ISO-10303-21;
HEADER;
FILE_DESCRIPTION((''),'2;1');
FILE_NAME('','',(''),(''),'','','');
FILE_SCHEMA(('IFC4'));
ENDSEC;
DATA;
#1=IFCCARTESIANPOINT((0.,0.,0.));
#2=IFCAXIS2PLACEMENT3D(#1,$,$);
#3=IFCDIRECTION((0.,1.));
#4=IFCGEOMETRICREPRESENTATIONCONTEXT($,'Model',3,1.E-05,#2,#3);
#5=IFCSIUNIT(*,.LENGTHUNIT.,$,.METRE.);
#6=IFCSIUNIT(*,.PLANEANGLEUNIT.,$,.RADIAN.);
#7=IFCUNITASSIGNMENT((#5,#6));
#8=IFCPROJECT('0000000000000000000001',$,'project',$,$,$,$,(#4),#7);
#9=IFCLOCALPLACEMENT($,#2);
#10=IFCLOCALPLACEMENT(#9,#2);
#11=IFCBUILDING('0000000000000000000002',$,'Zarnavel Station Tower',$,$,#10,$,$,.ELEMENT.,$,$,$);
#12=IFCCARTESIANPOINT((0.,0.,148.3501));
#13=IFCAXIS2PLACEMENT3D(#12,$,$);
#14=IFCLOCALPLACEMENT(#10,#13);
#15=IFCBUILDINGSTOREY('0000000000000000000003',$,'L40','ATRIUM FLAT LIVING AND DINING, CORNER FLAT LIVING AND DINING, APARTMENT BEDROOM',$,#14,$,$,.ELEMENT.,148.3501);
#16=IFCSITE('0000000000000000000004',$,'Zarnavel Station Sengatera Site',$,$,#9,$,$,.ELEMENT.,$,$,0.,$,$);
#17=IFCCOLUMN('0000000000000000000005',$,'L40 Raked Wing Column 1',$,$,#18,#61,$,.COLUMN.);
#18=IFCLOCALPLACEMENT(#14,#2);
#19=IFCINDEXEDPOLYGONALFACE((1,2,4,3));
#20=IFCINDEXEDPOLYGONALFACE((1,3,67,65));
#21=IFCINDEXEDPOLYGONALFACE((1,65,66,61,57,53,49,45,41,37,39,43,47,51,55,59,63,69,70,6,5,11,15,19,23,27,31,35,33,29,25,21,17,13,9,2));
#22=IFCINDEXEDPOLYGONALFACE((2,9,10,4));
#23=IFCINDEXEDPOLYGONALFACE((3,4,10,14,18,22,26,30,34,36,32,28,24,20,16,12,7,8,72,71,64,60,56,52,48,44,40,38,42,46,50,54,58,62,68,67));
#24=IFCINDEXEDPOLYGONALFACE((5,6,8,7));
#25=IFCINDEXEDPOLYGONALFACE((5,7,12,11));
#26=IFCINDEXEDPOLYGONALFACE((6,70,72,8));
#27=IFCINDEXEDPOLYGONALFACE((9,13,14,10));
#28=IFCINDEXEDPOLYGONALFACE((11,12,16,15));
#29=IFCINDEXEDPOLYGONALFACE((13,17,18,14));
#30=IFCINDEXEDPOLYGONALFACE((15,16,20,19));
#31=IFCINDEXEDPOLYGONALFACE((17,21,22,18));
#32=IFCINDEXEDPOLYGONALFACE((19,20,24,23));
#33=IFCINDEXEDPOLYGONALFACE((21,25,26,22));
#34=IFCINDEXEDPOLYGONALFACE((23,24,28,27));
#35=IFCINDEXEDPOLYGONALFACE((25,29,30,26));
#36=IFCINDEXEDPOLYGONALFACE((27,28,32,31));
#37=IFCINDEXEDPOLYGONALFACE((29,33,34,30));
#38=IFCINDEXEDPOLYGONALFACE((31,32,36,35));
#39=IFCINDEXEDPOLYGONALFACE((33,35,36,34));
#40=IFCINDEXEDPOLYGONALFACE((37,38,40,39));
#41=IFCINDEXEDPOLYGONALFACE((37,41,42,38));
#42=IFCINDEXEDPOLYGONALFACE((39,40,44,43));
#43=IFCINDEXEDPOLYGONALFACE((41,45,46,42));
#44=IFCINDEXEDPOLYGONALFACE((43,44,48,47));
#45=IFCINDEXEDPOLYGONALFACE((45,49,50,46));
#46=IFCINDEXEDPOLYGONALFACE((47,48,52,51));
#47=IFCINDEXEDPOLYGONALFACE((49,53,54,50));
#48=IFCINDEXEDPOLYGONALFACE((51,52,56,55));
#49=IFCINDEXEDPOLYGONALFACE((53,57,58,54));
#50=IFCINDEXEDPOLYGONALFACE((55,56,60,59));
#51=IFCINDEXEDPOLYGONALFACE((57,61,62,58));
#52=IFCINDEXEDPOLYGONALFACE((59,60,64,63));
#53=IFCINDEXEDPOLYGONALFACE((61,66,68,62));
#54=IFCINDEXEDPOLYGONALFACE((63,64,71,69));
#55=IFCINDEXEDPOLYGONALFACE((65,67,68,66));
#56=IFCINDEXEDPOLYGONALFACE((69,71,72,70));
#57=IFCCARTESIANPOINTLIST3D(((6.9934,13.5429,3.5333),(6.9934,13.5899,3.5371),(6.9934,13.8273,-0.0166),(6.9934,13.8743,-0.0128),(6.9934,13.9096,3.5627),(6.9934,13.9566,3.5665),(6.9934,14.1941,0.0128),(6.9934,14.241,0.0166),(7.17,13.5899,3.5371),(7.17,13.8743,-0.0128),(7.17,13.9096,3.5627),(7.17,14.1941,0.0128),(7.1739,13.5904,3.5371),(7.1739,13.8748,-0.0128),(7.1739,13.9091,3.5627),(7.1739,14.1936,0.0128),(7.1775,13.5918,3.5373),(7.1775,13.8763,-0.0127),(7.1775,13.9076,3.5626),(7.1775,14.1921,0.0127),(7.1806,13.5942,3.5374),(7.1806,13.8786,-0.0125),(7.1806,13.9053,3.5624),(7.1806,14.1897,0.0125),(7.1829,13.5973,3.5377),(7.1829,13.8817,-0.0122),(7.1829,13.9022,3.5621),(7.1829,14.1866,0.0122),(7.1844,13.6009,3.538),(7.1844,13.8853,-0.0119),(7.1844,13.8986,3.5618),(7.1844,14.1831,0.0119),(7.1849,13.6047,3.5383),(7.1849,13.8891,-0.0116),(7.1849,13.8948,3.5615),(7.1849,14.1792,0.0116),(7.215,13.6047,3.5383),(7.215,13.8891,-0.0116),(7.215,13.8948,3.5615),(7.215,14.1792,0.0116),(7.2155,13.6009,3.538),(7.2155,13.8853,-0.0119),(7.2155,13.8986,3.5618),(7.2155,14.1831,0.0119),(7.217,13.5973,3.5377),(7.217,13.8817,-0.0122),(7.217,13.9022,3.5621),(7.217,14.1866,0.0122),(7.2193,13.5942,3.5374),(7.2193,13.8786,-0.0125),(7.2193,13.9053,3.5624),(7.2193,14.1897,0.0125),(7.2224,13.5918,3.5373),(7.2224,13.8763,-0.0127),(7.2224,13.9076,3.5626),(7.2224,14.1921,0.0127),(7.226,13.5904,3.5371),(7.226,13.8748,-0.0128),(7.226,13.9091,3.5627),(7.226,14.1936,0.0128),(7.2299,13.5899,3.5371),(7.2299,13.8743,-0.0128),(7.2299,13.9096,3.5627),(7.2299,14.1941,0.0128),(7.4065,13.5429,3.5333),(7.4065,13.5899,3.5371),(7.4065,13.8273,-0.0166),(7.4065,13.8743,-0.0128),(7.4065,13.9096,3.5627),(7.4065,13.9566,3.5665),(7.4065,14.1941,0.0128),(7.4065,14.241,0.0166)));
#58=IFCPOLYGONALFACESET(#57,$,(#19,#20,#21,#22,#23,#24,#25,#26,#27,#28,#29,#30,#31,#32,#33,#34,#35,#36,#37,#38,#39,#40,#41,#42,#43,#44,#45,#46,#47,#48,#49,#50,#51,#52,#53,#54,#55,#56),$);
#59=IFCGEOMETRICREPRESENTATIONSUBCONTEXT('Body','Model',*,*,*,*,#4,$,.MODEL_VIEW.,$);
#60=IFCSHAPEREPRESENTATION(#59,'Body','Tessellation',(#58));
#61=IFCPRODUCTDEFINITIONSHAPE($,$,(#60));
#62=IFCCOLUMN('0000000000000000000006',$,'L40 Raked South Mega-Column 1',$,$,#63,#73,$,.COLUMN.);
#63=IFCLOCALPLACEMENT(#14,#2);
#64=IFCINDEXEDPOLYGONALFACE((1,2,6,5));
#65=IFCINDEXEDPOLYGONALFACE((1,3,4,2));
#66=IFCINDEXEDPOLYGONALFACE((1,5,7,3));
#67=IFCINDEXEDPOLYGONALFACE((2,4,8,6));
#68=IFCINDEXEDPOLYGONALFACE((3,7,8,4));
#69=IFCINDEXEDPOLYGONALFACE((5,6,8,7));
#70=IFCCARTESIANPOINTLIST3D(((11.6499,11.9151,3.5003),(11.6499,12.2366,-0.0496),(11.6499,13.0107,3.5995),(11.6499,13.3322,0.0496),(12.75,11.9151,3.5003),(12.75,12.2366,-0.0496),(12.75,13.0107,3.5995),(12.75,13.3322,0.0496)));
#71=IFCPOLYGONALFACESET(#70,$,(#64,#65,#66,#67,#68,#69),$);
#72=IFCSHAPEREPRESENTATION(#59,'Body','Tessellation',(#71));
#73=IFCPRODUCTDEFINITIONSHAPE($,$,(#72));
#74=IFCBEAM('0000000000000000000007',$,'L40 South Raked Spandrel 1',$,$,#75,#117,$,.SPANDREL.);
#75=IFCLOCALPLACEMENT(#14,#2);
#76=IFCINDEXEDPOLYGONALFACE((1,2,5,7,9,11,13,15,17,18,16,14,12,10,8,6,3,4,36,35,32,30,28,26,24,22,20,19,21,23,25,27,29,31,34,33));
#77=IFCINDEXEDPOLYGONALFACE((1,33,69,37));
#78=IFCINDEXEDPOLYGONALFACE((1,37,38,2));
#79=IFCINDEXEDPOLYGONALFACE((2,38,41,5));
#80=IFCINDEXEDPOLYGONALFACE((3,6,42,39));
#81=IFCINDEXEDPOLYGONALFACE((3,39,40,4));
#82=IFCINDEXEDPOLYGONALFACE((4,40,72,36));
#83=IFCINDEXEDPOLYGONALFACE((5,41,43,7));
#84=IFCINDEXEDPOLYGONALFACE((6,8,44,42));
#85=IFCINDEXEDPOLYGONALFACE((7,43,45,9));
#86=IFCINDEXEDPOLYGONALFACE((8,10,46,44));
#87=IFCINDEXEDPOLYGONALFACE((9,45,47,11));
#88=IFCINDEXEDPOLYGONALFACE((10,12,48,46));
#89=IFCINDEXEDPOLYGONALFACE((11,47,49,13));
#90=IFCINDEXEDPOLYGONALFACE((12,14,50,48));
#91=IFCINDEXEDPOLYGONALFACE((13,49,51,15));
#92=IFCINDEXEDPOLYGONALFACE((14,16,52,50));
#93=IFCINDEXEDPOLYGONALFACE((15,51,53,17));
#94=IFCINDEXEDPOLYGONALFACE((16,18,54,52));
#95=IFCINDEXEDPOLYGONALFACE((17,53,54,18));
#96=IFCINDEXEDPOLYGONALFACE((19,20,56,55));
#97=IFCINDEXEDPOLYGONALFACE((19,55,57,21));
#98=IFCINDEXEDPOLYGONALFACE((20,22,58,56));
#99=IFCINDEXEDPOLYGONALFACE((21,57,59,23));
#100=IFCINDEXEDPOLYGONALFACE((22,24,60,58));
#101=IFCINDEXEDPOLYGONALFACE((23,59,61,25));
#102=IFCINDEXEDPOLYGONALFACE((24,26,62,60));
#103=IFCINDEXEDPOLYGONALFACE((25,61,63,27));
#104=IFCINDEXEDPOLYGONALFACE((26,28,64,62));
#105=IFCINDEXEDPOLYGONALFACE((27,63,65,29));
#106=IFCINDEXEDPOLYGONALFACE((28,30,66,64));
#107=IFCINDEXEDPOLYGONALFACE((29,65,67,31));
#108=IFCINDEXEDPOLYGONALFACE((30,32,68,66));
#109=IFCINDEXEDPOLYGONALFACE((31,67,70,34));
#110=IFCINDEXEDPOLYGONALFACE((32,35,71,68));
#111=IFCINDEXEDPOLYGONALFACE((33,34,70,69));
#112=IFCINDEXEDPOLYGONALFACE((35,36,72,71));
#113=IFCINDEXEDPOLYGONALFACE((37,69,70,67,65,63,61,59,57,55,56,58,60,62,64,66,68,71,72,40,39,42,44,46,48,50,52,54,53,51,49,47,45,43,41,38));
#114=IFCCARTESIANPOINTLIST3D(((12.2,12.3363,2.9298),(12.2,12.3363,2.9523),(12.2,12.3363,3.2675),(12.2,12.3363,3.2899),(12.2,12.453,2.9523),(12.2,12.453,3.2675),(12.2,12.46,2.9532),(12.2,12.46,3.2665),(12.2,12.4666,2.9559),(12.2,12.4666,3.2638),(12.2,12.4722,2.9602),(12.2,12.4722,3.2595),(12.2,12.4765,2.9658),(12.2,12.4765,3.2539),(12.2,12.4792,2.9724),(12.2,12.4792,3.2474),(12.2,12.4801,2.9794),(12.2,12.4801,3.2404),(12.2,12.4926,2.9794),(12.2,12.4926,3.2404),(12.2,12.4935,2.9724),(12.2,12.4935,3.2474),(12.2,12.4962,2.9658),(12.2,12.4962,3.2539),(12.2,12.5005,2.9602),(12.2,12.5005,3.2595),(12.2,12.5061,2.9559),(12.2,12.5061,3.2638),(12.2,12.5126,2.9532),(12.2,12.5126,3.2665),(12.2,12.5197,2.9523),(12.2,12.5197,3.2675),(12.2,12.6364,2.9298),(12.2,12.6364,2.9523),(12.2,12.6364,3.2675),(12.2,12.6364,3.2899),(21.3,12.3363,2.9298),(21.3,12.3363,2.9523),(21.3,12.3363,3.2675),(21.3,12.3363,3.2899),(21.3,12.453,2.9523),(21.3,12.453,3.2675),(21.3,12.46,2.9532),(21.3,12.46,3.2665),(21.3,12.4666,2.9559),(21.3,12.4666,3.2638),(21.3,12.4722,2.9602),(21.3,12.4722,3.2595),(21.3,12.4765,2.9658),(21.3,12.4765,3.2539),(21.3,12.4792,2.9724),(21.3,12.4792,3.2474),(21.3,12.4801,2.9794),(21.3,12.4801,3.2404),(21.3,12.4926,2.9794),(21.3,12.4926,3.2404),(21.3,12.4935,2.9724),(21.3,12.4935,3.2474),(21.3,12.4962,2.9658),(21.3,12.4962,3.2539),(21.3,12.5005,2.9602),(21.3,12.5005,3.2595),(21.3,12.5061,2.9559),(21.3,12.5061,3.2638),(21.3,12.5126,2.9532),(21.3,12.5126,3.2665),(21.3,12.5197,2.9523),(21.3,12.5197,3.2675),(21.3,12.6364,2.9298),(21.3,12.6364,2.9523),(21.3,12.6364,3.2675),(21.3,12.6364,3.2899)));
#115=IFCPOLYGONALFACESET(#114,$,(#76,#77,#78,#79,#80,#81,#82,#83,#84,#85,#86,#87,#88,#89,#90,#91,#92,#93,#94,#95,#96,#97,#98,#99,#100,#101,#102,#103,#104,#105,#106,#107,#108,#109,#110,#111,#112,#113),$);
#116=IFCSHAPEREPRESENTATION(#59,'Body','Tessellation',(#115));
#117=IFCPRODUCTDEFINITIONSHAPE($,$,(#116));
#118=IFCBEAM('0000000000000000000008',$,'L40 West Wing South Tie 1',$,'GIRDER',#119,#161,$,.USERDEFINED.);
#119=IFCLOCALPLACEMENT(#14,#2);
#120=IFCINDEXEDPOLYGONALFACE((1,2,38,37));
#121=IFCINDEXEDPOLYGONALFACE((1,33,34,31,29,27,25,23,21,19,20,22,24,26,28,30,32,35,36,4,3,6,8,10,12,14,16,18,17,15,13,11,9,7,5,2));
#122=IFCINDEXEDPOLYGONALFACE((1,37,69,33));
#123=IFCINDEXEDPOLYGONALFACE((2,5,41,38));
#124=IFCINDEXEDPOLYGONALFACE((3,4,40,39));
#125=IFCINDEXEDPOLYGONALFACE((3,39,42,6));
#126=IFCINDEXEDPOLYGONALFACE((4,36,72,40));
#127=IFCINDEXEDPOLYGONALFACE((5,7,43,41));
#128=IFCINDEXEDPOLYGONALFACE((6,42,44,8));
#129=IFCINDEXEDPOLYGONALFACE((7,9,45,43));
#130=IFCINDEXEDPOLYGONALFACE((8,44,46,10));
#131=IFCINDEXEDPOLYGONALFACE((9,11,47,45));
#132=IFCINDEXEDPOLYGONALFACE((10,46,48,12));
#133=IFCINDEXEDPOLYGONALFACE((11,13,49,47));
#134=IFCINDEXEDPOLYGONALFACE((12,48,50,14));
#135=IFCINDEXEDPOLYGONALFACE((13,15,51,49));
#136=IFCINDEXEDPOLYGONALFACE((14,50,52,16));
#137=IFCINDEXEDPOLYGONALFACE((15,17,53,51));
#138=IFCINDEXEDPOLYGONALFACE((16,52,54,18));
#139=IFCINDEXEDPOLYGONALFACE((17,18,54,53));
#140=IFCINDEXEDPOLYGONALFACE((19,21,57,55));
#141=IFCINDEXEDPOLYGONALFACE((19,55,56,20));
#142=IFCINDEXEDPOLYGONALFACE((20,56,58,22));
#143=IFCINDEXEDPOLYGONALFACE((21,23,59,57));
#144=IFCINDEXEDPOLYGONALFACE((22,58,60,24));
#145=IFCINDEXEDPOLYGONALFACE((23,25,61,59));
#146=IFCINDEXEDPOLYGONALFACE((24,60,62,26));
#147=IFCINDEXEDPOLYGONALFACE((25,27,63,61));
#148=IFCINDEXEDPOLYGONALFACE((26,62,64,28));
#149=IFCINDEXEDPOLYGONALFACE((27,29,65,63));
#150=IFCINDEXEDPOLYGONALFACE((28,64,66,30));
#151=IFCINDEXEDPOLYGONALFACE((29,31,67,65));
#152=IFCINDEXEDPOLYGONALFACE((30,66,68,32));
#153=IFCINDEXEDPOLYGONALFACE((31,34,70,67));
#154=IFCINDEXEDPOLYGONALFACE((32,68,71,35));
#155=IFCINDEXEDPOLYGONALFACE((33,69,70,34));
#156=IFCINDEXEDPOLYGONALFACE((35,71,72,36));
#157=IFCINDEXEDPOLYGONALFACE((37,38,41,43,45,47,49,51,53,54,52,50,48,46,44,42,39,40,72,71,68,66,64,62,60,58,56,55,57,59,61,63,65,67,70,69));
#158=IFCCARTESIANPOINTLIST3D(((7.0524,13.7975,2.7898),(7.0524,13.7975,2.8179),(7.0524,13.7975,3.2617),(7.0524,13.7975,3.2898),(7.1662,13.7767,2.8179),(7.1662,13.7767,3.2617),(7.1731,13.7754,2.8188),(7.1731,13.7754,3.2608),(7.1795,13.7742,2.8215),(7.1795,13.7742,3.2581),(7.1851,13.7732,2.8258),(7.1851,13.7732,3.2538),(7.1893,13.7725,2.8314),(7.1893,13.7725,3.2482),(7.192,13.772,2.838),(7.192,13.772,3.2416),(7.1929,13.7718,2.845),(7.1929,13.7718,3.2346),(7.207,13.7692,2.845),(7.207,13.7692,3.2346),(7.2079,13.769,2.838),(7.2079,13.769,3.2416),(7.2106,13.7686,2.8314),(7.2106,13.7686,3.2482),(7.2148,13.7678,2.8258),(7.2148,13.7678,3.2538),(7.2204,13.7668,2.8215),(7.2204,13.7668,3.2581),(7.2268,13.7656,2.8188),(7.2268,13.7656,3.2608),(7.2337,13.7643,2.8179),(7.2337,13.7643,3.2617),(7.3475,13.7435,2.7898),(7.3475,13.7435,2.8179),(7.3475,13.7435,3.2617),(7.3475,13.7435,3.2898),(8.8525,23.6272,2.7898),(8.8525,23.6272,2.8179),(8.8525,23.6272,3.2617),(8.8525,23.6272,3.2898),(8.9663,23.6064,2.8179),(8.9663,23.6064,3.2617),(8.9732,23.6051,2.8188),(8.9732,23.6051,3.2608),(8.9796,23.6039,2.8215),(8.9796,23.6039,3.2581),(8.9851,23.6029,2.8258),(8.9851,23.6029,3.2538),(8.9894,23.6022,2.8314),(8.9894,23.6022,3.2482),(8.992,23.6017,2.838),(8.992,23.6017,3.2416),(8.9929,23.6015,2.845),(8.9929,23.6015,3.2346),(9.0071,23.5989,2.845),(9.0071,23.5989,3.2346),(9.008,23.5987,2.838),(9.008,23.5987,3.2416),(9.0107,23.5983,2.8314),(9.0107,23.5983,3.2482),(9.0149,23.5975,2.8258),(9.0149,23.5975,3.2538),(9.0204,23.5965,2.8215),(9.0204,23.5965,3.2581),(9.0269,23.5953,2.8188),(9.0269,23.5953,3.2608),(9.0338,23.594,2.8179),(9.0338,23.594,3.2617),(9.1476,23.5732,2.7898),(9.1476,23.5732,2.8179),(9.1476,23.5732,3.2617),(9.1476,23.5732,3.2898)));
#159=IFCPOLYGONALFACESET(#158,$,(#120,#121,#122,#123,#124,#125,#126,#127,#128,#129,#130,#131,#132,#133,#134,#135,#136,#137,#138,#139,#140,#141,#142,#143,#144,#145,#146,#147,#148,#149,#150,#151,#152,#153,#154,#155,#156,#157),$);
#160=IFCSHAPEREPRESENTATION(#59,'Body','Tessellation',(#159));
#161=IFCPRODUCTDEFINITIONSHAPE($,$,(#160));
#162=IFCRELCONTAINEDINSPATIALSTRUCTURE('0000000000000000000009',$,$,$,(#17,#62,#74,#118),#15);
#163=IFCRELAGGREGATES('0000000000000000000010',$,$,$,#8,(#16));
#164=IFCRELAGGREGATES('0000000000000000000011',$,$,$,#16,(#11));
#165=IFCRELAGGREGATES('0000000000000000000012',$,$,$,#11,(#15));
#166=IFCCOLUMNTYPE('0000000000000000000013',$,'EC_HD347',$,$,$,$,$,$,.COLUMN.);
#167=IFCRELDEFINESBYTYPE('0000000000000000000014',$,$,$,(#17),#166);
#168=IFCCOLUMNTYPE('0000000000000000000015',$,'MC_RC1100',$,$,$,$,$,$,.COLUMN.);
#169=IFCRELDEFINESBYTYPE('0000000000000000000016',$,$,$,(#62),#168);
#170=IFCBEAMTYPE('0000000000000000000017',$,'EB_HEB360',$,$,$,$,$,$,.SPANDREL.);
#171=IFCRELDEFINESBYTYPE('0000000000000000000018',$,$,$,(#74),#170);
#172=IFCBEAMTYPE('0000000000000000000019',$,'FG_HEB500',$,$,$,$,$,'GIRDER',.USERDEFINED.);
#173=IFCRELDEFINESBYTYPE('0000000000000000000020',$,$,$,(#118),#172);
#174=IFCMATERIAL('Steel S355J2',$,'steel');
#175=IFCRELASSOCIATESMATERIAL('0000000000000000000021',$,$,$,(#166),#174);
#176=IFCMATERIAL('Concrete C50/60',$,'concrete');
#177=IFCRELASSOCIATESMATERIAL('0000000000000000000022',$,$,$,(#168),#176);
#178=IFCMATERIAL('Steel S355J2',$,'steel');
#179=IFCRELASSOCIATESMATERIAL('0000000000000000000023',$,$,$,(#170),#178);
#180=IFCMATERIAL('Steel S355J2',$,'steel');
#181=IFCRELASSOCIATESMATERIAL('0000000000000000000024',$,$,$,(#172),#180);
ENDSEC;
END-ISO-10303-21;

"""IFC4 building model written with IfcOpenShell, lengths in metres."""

from ifc_helpers import new_model, si_unit, direction, frame, origin, origin_2d, place, context, subcontext, project, spatial, rectangle, i_section, extrude, material, material_profile, profile_set, type_object, element, save


model = new_model("IFC4")

# Units and contexts
model_context = context("Model", 3, precision=1e-05, world=origin(), true_north=direction((0.0, 1.0)))
body_context = subcontext(model_context, "Body", "Model", "MODEL_VIEW")
ifc_project = project(units=[si_unit("LENGTHUNIT", "METRE"), si_unit("PLANEANGLEUNIT", "RADIAN")], contexts=[model_context])

# Site, building, storey
site_placement = place(None, origin())
site = spatial("IfcSite", under=ifc_project, at=site_placement, Name="Zarnavel Station Sengatera Site", CompositionType="ELEMENT", RefElevation=0.0)
building_placement = place(site_placement, origin())
building = spatial("IfcBuilding", under=site, at=building_placement, Name="Zarnavel Station Tower", CompositionType="ELEMENT")
storey_placement = place(building_placement, frame((0.0, 0.0, 148.3501)))
storey = spatial("IfcBuildingStorey", under=building, at=storey_placement, Name="L40", Description="ATRIUM FLAT LIVING AND DINING, CORNER FLAT LIVING AND DINING, APARTMENT BEDROOM", CompositionType="ELEMENT", Elevation=148.3501)

# Columns
ifc_material_1 = material(Name="Steel S355J2", Category="steel")
ifc_material_profile_1 = material_profile(ifc_material_1, i_section(OverallWidth=0.4131, OverallDepth=0.415, WebThickness=0.03, FlangeThickness=0.0471, FilletRadius=0.0149, at=origin_2d()), Name="HD400x347")
ifc_profile_set_1 = profile_set([ifc_material_profile_1], Name="Steel S355J2")
column_type_1 = type_object("IfcColumnType", Name="EC_HD347", PredefinedType="COLUMN", material=ifc_profile_set_1)
column_1_placement = place(storey_placement, frame((7.2, 14.0342, 0.0), z_axis=(0.0, -0.079868, 0.996805), x_axis=(1.0, 0.0, 0.0)))
element("IfcColumn", 1, at=column_1_placement, inside=storey, type_object=column_type_1, Name="L40 Raked Wing Column 1", PredefinedType="COLUMN", context=body_context, shape_type="SweptSolid", body=[
    extrude(i_section(OverallWidth=0.4131, OverallDepth=0.415, WebThickness=0.03, FlangeThickness=0.0471, FilletRadius=0.0149, at=origin_2d()), origin(), (0.0, 0.0, 1.0), 3.5613),
])
ifc_material_2 = material(Name="Concrete C50/60", Category="concrete")
ifc_material_profile_2 = material_profile(ifc_material_2, rectangle(XDim=1.1001, YDim=1.1001, at=origin_2d()), Name="RC1100x1100")
ifc_profile_set_2 = profile_set([ifc_material_profile_2], Name="Concrete C50/60")
column_type_2 = type_object("IfcColumnType", Name="MC_RC1100", PredefinedType="COLUMN", material=ifc_profile_set_2)
column_2_placement = place(storey_placement, frame((12.2, 12.7844, 0.0), z_axis=(0.0, -0.090208, 0.995923), x_axis=(1.0, 0.0, 0.0)))
element("IfcColumn", 2, at=column_2_placement, inside=storey, type_object=column_type_2, Name="L40 Raked South Mega-Column 1", PredefinedType="COLUMN", context=body_context, shape_type="SweptSolid", body=[
    extrude(rectangle(XDim=1.1001, YDim=1.1001, at=origin_2d()), origin(), (0.0, 0.0, 1.0), 3.5645),
])

# Beams
ifc_material_3 = material(Name="Steel S355J2", Category="steel")
ifc_material_profile_3 = material_profile(ifc_material_3, i_section(OverallWidth=0.3, OverallDepth=0.3601, WebThickness=0.0125, FlangeThickness=0.0225, FilletRadius=0.0271, at=origin_2d()), Name="HEB360")
ifc_profile_set_3 = profile_set([ifc_material_profile_3], Name="Steel S355J2")
beam_type_1 = type_object("IfcBeamType", Name="EB_HEB360", PredefinedType="SPANDREL", material=ifc_profile_set_3)
beam_1_placement = place(storey_placement, frame((12.2, 12.4863, 3.1099), z_axis=(1.0, 0.0, 0.0), x_axis=(0.0, 1.0, 0.0)))
element("IfcBeam", 3, at=beam_1_placement, inside=storey, type_object=beam_type_1, Name="L40 South Raked Spandrel 1", PredefinedType="SPANDREL", context=body_context, shape_type="SweptSolid", body=[
    extrude(i_section(OverallWidth=0.3, OverallDepth=0.3601, WebThickness=0.0125, FlangeThickness=0.0225, FilletRadius=0.0271, at=origin_2d()), origin(), (0.0, 0.0, 1.0), 9.1001),
])
ifc_material_4 = material(Name="Steel S355J2", Category="steel")
ifc_material_profile_4 = material_profile(ifc_material_4, i_section(OverallWidth=0.3, OverallDepth=0.5, WebThickness=0.0144, FlangeThickness=0.0281, FilletRadius=0.0271, at=origin_2d()), Name="HEB500")
ifc_profile_set_4 = profile_set([ifc_material_profile_4], Name="Steel S355J2")
beam_type_2 = type_object("IfcBeamType", Name="FG_HEB500", ElementType="GIRDER", PredefinedType="USERDEFINED", material=ifc_profile_set_4)
beam_2_placement = place(storey_placement, frame((7.2, 13.7705, 3.0398), z_axis=(0.18013, 0.983643, 0.0), x_axis=(-0.983643, 0.18013, 0.0)))
element("IfcBeam", 4, at=beam_2_placement, inside=storey, type_object=beam_type_2, Name="L40 West Wing South Tie 1", ObjectType="GIRDER", PredefinedType="USERDEFINED", context=body_context, shape_type="SweptSolid", body=[
    extrude(i_section(OverallWidth=0.3, OverallDepth=0.5, WebThickness=0.0144, FlangeThickness=0.0281, FilletRadius=0.0271, at=origin_2d()), origin(), (0.0, 0.0, 1.0), 9.9932),
])

save(model, "model.ifc")
